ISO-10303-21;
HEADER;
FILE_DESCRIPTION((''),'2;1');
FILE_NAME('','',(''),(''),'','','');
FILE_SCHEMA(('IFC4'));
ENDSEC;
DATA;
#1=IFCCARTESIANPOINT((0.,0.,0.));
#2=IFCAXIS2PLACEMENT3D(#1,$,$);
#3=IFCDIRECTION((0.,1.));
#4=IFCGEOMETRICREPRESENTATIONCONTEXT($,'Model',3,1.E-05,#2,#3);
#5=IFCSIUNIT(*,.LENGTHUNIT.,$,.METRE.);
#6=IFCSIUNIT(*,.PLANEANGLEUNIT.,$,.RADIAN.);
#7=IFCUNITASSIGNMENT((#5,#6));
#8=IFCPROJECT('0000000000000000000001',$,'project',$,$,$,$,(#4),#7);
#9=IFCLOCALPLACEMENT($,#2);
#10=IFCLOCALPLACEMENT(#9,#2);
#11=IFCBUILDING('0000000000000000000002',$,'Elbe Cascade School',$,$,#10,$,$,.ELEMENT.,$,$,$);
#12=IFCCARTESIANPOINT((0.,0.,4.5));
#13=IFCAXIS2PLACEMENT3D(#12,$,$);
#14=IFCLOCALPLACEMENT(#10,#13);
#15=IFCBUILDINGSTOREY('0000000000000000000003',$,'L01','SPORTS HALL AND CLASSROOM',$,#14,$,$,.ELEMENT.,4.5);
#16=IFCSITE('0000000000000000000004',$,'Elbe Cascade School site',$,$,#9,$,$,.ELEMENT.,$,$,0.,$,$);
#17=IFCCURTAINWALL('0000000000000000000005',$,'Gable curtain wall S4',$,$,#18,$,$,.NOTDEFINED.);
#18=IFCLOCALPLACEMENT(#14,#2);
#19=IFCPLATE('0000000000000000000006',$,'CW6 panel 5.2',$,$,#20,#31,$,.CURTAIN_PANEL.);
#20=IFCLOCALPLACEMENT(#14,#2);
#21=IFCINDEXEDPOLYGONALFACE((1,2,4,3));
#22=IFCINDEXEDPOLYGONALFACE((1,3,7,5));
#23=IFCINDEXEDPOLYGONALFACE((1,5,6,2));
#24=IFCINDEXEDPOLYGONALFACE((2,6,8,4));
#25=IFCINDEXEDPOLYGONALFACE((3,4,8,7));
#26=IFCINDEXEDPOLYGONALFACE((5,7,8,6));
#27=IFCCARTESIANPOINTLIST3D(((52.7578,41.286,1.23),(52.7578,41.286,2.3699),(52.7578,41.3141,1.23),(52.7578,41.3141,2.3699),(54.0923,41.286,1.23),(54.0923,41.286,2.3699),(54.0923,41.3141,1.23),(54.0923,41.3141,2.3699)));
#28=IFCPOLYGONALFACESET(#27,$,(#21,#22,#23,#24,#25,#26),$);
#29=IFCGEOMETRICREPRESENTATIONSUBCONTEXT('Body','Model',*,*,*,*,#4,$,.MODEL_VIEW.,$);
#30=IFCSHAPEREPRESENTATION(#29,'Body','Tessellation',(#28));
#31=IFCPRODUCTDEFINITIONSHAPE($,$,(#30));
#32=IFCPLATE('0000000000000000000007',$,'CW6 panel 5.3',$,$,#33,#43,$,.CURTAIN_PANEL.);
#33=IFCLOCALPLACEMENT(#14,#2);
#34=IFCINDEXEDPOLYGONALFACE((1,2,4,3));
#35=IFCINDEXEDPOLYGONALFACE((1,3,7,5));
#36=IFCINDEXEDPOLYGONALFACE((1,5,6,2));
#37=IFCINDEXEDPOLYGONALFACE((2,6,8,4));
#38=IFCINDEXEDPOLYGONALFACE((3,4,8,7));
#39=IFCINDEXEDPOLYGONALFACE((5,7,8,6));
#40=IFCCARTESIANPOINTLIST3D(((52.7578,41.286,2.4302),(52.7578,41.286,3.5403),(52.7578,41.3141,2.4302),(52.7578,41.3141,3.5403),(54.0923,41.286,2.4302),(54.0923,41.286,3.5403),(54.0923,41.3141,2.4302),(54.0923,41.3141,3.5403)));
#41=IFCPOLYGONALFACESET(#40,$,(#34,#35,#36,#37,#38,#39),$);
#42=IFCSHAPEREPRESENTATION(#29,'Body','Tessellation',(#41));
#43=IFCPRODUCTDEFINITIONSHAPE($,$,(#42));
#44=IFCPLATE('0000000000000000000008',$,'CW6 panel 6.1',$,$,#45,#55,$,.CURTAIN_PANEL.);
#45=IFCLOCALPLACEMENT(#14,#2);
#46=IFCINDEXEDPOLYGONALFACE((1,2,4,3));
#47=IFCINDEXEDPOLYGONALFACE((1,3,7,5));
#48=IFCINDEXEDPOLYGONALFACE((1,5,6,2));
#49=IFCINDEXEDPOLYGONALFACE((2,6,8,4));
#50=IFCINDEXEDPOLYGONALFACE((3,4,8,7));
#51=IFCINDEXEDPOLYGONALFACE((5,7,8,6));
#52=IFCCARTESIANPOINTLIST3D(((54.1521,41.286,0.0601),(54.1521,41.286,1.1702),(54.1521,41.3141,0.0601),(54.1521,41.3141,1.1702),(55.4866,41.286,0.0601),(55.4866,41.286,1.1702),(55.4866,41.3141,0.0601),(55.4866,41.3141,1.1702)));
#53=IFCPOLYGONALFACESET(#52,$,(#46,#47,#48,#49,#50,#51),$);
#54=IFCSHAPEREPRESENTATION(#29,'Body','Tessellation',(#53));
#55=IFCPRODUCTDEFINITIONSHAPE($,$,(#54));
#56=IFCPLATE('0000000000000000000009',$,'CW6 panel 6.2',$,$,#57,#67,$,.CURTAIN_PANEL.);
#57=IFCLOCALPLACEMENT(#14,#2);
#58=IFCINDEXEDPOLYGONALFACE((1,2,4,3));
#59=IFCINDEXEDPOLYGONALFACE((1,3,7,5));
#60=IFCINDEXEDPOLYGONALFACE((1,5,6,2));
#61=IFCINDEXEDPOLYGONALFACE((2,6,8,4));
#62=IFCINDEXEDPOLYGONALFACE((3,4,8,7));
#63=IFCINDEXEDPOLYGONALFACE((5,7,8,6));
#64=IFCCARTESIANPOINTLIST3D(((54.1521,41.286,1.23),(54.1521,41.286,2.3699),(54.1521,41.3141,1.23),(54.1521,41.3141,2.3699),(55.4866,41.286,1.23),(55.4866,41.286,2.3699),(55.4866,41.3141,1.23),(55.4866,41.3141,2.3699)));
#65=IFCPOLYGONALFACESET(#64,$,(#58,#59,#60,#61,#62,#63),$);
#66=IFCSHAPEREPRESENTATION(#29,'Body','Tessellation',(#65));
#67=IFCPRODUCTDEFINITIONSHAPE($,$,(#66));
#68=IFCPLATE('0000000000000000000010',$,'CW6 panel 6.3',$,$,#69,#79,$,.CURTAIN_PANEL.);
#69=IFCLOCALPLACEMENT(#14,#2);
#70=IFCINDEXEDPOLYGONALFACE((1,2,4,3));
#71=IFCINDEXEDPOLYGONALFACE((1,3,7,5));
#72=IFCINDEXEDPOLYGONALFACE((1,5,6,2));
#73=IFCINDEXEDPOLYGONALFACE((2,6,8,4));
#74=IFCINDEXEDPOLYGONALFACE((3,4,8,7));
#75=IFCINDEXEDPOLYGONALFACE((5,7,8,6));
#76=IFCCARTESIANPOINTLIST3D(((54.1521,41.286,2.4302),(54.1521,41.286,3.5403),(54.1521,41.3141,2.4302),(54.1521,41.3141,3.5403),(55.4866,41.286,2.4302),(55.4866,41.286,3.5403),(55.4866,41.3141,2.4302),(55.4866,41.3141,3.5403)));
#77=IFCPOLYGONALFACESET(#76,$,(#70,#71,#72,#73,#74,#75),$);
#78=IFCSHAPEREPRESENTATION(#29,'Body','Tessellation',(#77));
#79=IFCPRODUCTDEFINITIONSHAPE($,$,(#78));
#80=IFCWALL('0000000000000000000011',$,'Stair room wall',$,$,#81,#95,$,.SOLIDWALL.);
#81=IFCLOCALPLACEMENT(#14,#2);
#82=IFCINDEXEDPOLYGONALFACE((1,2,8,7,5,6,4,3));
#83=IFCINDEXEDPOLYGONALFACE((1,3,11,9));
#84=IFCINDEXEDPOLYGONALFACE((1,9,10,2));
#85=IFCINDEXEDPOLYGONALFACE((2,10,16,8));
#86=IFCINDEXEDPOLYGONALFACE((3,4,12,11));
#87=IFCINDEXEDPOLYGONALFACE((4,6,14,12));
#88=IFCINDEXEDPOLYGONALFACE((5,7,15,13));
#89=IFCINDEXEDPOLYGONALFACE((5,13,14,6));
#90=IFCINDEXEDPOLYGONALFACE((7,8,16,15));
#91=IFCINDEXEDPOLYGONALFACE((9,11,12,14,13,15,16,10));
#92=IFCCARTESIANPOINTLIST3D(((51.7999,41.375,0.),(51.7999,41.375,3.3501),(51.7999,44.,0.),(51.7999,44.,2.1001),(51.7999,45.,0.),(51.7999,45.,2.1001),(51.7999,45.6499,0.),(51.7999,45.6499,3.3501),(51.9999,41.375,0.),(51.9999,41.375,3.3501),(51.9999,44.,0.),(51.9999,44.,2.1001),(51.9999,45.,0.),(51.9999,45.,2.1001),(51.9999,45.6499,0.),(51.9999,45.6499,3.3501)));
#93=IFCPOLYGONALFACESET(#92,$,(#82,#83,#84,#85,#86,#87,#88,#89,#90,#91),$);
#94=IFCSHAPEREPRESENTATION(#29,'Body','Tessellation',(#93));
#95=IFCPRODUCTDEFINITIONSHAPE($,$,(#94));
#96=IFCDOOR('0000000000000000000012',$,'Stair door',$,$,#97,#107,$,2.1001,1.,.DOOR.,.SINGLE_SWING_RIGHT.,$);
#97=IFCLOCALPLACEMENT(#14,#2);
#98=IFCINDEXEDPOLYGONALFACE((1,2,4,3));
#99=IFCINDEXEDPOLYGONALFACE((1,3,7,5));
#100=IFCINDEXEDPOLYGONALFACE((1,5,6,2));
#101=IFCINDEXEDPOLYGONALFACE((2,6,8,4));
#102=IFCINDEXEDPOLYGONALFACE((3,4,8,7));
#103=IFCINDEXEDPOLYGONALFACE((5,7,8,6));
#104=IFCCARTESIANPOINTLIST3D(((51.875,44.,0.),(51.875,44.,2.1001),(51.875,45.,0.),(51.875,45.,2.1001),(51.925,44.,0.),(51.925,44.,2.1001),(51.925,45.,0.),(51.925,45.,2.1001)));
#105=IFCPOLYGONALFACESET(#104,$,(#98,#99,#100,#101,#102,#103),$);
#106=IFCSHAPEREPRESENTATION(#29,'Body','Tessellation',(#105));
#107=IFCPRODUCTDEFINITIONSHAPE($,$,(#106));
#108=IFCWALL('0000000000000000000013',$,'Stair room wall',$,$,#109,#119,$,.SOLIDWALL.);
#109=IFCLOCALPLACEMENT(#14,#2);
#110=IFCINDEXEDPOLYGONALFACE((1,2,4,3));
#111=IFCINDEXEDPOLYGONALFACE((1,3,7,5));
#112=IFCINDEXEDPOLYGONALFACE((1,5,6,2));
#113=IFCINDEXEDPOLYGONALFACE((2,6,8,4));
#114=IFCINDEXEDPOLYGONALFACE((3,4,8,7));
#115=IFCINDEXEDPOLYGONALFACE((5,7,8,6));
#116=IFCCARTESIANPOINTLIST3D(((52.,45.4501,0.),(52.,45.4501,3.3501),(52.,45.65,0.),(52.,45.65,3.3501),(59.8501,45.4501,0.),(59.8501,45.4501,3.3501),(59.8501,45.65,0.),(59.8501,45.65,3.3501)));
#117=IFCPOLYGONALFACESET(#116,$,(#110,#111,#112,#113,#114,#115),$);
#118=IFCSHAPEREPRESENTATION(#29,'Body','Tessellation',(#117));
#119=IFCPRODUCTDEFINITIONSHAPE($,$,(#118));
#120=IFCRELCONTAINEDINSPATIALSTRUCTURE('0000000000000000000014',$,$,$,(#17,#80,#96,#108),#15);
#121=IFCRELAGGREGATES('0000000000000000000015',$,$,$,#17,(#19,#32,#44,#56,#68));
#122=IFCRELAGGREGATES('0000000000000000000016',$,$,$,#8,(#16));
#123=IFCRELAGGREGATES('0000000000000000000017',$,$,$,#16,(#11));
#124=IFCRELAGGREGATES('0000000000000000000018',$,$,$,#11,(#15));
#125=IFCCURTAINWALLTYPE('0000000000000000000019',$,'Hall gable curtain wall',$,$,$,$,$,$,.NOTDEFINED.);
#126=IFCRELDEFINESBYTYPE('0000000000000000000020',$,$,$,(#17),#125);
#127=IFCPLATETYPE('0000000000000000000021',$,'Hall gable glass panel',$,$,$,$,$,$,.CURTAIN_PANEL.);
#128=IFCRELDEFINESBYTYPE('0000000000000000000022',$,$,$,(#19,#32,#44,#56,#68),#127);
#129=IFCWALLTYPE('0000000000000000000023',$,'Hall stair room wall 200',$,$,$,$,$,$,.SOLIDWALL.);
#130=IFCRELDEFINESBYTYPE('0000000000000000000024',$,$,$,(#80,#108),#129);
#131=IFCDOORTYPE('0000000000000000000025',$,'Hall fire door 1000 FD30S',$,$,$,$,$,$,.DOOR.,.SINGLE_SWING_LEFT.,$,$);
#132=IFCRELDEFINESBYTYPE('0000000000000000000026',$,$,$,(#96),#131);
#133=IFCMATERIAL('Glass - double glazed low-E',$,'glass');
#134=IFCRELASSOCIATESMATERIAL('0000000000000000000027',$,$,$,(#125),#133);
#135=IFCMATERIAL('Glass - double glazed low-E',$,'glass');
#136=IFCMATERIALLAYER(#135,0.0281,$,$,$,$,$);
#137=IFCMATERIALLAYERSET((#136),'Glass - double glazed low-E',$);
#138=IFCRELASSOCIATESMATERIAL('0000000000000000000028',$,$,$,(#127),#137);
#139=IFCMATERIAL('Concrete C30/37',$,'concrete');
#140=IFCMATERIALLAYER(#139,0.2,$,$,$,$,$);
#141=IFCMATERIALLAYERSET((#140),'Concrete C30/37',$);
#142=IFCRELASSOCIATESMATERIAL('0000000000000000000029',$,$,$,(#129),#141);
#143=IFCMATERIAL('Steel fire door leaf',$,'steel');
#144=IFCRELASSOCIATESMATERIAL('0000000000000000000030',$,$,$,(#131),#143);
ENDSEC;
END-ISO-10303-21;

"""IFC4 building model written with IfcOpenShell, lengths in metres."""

from ifc_helpers import new_model, si_unit, direction, frame, frame_2d, origin, origin_2d, place, context, subcontext, project, spatial, rectangle, extrude, material, layer, layer_set, type_object, element, fill, aggregate, save


model = new_model("IFC4")

# Units and contexts
model_context = context("Model", 3, precision=1e-05, world=origin(), true_north=direction((0.0, 1.0)))
body_context = subcontext(model_context, "Body", "Model", "MODEL_VIEW")
ifc_project = project(units=[si_unit("LENGTHUNIT", "METRE"), si_unit("PLANEANGLEUNIT", "RADIAN")], contexts=[model_context])

# Site, building, storey
site_placement = place(None, origin())
site = spatial("IfcSite", under=ifc_project, at=site_placement, Name="Elbe Cascade School site", CompositionType="ELEMENT", RefElevation=0.0)
building_placement = place(site_placement, origin())
building = spatial("IfcBuilding", under=site, at=building_placement, Name="Elbe Cascade School", CompositionType="ELEMENT")
storey_placement = place(building_placement, frame((0.0, 0.0, 4.5)))
storey = spatial("IfcBuildingStorey", under=building, at=storey_placement, Name="L01", Description="SPORTS HALL AND CLASSROOM", CompositionType="ELEMENT", Elevation=4.5)

# Curtain wall
ifc_material_1 = material(Name="Glass - double glazed low-E", Category="glass")
curtain_wall_type = type_object("IfcCurtainWallType", Name="Hall gable curtain wall", PredefinedType="NOTDEFINED", material=ifc_material_1)
curtain_wall_1_placement = place(storey_placement, origin())
curtain_wall_1 = element("IfcCurtainWall", 1, at=curtain_wall_1_placement, inside=storey, type_object=curtain_wall_type, Name="Gable curtain wall S4", PredefinedType="NOTDEFINED")

# Plates
ifc_material_2 = material(Name="Glass - double glazed low-E", Category="glass")
ifc_layer_1 = layer(ifc_material_2, 0.0281)
ifc_layer_set_1 = layer_set([ifc_layer_1], Name="Glass - double glazed low-E")
plate_type = type_object("IfcPlateType", Name="Hall gable glass panel", PredefinedType="CURTAIN_PANEL", material=ifc_layer_set_1)
plate_1_placement = place(storey_placement, frame((53.425, 41.3, 1.23), z_axis=(0.0, 0.0, 1.0), x_axis=(1.0, 0.0, 0.0)))
plate_1 = element("IfcPlate", 2, at=plate_1_placement, type_object=plate_type, Name="CW6 panel 5.2", PredefinedType="CURTAIN_PANEL", context=body_context, shape_type="SweptSolid", body=[
    extrude(rectangle(XDim=1.3345, YDim=0.0281, at=origin_2d()), origin(), (0.0, 0.0, 1.0), 1.1399),
])
plate_2_placement = place(storey_placement, frame((53.425, 41.3, 2.4302), z_axis=(0.0, 0.0, 1.0), x_axis=(1.0, 0.0, 0.0)))
plate_2 = element("IfcPlate", 3, at=plate_2_placement, type_object=plate_type, Name="CW6 panel 5.3", PredefinedType="CURTAIN_PANEL", context=body_context, shape_type="SweptSolid", body=[
    extrude(rectangle(XDim=1.3345, YDim=0.0281, at=origin_2d()), origin(), (0.0, 0.0, 1.0), 1.1101),
])
plate_3_placement = place(storey_placement, frame((54.8193, 41.3, 0.0601), z_axis=(0.0, 0.0, 1.0), x_axis=(1.0, 0.0, 0.0)))
plate_3 = element("IfcPlate", 4, at=plate_3_placement, type_object=plate_type, Name="CW6 panel 6.1", PredefinedType="CURTAIN_PANEL", context=body_context, shape_type="SweptSolid", body=[
    extrude(rectangle(XDim=1.3345, YDim=0.0281, at=origin_2d()), origin(), (0.0, 0.0, 1.0), 1.1101),
])
plate_4_placement = place(storey_placement, frame((54.8193, 41.3, 1.23), z_axis=(0.0, 0.0, 1.0), x_axis=(1.0, 0.0, 0.0)))
plate_4 = element("IfcPlate", 5, at=plate_4_placement, type_object=plate_type, Name="CW6 panel 6.2", PredefinedType="CURTAIN_PANEL", context=body_context, shape_type="SweptSolid", body=[
    extrude(rectangle(XDim=1.3345, YDim=0.0281, at=origin_2d()), origin(), (0.0, 0.0, 1.0), 1.1399),
])
plate_5_placement = place(storey_placement, frame((54.8193, 41.3, 2.4302), z_axis=(0.0, 0.0, 1.0), x_axis=(1.0, 0.0, 0.0)))
plate_5 = element("IfcPlate", 6, at=plate_5_placement, type_object=plate_type, Name="CW6 panel 6.3", PredefinedType="CURTAIN_PANEL", context=body_context, shape_type="SweptSolid", body=[
    extrude(rectangle(XDim=1.3345, YDim=0.0281, at=origin_2d()), origin(), (0.0, 0.0, 1.0), 1.1101),
])
aggregate(curtain_wall_1, [plate_1, plate_2, plate_3, plate_4, plate_5])

# Wall, opening, door
ifc_material_3 = material(Name="Concrete C30/37", Category="concrete")
ifc_layer_2 = layer(ifc_material_3, 0.2)
ifc_layer_set_2 = layer_set([ifc_layer_2], Name="Concrete C30/37")
wall_type = type_object("IfcWallType", Name="Hall stair room wall 200", PredefinedType="SOLIDWALL", material=ifc_layer_set_2)
wall_1_placement = place(storey_placement, frame((51.8999, 41.375, 0.0), z_axis=(0.0, 0.0, 1.0), x_axis=(0.0, 1.0, 0.0)))
wall_1 = element("IfcWall", 7, at=wall_1_placement, inside=storey, type_object=wall_type, Name="Stair room wall", PredefinedType="SOLIDWALL", context=body_context, shape_type="SweptSolid", body=[
    extrude(rectangle(XDim=4.2749, YDim=0.2, at=frame_2d((2.1375, 0.0))), origin(), (0.0, 0.0, 1.0), 3.3501),
])
opening_placement = place(wall_1_placement, frame((2.625, 0.0, 0.0)))
opening = element("IfcOpeningElement", 8, at=opening_placement, cuts=wall_1, PredefinedType="OPENING", context=body_context, shape_type="SweptSolid", body=[
    extrude(rectangle(XDim=1.0, YDim=2.1001, at=frame_2d((0.5, 1.05))), frame((0.0, 0.1099, 0.0), z_axis=(0.0, -1.0, 0.0), x_axis=(1.0, 0.0, 0.0)), (0.0, 0.0, 1.0), 0.22),
])
ifc_material_4 = material(Name="Steel fire door leaf", Category="steel")
door_type = type_object("IfcDoorType", Name="Hall fire door 1000 FD30S", OperationType="SINGLE_SWING_LEFT", PredefinedType="DOOR", material=ifc_material_4)
door_placement = place(opening_placement, origin())
door = element("IfcDoor", 9, at=door_placement, inside=storey, type_object=door_type, Name="Stair door", OperationType="SINGLE_SWING_RIGHT", OverallHeight=2.1001, OverallWidth=1.0, PredefinedType="DOOR", context=body_context, shape_type="SweptSolid", body=[
    extrude(rectangle(XDim=1.0, YDim=2.1001, at=frame_2d((0.5, 1.05))), frame((0.0, 0.0249, 0.0), z_axis=(0.0, -1.0, 0.0), x_axis=(1.0, 0.0, 0.0)), (0.0, 0.0, 1.0), 0.05),
])
fill(opening, door)

# Wall
wall_2_placement = place(storey_placement, frame((52.0, 45.55, 0.0), z_axis=(0.0, 0.0, 1.0), x_axis=(1.0, 0.0, 0.0)))
element("IfcWall", 10, at=wall_2_placement, inside=storey, type_object=wall_type, Name="Stair room wall", PredefinedType="SOLIDWALL", context=body_context, shape_type="SweptSolid", body=[
    extrude(rectangle(XDim=7.8501, YDim=0.2, at=frame_2d((3.925, 0.0))), origin(), (0.0, 0.0, 1.0), 3.3501),
])

save(model, "model.ifc")
